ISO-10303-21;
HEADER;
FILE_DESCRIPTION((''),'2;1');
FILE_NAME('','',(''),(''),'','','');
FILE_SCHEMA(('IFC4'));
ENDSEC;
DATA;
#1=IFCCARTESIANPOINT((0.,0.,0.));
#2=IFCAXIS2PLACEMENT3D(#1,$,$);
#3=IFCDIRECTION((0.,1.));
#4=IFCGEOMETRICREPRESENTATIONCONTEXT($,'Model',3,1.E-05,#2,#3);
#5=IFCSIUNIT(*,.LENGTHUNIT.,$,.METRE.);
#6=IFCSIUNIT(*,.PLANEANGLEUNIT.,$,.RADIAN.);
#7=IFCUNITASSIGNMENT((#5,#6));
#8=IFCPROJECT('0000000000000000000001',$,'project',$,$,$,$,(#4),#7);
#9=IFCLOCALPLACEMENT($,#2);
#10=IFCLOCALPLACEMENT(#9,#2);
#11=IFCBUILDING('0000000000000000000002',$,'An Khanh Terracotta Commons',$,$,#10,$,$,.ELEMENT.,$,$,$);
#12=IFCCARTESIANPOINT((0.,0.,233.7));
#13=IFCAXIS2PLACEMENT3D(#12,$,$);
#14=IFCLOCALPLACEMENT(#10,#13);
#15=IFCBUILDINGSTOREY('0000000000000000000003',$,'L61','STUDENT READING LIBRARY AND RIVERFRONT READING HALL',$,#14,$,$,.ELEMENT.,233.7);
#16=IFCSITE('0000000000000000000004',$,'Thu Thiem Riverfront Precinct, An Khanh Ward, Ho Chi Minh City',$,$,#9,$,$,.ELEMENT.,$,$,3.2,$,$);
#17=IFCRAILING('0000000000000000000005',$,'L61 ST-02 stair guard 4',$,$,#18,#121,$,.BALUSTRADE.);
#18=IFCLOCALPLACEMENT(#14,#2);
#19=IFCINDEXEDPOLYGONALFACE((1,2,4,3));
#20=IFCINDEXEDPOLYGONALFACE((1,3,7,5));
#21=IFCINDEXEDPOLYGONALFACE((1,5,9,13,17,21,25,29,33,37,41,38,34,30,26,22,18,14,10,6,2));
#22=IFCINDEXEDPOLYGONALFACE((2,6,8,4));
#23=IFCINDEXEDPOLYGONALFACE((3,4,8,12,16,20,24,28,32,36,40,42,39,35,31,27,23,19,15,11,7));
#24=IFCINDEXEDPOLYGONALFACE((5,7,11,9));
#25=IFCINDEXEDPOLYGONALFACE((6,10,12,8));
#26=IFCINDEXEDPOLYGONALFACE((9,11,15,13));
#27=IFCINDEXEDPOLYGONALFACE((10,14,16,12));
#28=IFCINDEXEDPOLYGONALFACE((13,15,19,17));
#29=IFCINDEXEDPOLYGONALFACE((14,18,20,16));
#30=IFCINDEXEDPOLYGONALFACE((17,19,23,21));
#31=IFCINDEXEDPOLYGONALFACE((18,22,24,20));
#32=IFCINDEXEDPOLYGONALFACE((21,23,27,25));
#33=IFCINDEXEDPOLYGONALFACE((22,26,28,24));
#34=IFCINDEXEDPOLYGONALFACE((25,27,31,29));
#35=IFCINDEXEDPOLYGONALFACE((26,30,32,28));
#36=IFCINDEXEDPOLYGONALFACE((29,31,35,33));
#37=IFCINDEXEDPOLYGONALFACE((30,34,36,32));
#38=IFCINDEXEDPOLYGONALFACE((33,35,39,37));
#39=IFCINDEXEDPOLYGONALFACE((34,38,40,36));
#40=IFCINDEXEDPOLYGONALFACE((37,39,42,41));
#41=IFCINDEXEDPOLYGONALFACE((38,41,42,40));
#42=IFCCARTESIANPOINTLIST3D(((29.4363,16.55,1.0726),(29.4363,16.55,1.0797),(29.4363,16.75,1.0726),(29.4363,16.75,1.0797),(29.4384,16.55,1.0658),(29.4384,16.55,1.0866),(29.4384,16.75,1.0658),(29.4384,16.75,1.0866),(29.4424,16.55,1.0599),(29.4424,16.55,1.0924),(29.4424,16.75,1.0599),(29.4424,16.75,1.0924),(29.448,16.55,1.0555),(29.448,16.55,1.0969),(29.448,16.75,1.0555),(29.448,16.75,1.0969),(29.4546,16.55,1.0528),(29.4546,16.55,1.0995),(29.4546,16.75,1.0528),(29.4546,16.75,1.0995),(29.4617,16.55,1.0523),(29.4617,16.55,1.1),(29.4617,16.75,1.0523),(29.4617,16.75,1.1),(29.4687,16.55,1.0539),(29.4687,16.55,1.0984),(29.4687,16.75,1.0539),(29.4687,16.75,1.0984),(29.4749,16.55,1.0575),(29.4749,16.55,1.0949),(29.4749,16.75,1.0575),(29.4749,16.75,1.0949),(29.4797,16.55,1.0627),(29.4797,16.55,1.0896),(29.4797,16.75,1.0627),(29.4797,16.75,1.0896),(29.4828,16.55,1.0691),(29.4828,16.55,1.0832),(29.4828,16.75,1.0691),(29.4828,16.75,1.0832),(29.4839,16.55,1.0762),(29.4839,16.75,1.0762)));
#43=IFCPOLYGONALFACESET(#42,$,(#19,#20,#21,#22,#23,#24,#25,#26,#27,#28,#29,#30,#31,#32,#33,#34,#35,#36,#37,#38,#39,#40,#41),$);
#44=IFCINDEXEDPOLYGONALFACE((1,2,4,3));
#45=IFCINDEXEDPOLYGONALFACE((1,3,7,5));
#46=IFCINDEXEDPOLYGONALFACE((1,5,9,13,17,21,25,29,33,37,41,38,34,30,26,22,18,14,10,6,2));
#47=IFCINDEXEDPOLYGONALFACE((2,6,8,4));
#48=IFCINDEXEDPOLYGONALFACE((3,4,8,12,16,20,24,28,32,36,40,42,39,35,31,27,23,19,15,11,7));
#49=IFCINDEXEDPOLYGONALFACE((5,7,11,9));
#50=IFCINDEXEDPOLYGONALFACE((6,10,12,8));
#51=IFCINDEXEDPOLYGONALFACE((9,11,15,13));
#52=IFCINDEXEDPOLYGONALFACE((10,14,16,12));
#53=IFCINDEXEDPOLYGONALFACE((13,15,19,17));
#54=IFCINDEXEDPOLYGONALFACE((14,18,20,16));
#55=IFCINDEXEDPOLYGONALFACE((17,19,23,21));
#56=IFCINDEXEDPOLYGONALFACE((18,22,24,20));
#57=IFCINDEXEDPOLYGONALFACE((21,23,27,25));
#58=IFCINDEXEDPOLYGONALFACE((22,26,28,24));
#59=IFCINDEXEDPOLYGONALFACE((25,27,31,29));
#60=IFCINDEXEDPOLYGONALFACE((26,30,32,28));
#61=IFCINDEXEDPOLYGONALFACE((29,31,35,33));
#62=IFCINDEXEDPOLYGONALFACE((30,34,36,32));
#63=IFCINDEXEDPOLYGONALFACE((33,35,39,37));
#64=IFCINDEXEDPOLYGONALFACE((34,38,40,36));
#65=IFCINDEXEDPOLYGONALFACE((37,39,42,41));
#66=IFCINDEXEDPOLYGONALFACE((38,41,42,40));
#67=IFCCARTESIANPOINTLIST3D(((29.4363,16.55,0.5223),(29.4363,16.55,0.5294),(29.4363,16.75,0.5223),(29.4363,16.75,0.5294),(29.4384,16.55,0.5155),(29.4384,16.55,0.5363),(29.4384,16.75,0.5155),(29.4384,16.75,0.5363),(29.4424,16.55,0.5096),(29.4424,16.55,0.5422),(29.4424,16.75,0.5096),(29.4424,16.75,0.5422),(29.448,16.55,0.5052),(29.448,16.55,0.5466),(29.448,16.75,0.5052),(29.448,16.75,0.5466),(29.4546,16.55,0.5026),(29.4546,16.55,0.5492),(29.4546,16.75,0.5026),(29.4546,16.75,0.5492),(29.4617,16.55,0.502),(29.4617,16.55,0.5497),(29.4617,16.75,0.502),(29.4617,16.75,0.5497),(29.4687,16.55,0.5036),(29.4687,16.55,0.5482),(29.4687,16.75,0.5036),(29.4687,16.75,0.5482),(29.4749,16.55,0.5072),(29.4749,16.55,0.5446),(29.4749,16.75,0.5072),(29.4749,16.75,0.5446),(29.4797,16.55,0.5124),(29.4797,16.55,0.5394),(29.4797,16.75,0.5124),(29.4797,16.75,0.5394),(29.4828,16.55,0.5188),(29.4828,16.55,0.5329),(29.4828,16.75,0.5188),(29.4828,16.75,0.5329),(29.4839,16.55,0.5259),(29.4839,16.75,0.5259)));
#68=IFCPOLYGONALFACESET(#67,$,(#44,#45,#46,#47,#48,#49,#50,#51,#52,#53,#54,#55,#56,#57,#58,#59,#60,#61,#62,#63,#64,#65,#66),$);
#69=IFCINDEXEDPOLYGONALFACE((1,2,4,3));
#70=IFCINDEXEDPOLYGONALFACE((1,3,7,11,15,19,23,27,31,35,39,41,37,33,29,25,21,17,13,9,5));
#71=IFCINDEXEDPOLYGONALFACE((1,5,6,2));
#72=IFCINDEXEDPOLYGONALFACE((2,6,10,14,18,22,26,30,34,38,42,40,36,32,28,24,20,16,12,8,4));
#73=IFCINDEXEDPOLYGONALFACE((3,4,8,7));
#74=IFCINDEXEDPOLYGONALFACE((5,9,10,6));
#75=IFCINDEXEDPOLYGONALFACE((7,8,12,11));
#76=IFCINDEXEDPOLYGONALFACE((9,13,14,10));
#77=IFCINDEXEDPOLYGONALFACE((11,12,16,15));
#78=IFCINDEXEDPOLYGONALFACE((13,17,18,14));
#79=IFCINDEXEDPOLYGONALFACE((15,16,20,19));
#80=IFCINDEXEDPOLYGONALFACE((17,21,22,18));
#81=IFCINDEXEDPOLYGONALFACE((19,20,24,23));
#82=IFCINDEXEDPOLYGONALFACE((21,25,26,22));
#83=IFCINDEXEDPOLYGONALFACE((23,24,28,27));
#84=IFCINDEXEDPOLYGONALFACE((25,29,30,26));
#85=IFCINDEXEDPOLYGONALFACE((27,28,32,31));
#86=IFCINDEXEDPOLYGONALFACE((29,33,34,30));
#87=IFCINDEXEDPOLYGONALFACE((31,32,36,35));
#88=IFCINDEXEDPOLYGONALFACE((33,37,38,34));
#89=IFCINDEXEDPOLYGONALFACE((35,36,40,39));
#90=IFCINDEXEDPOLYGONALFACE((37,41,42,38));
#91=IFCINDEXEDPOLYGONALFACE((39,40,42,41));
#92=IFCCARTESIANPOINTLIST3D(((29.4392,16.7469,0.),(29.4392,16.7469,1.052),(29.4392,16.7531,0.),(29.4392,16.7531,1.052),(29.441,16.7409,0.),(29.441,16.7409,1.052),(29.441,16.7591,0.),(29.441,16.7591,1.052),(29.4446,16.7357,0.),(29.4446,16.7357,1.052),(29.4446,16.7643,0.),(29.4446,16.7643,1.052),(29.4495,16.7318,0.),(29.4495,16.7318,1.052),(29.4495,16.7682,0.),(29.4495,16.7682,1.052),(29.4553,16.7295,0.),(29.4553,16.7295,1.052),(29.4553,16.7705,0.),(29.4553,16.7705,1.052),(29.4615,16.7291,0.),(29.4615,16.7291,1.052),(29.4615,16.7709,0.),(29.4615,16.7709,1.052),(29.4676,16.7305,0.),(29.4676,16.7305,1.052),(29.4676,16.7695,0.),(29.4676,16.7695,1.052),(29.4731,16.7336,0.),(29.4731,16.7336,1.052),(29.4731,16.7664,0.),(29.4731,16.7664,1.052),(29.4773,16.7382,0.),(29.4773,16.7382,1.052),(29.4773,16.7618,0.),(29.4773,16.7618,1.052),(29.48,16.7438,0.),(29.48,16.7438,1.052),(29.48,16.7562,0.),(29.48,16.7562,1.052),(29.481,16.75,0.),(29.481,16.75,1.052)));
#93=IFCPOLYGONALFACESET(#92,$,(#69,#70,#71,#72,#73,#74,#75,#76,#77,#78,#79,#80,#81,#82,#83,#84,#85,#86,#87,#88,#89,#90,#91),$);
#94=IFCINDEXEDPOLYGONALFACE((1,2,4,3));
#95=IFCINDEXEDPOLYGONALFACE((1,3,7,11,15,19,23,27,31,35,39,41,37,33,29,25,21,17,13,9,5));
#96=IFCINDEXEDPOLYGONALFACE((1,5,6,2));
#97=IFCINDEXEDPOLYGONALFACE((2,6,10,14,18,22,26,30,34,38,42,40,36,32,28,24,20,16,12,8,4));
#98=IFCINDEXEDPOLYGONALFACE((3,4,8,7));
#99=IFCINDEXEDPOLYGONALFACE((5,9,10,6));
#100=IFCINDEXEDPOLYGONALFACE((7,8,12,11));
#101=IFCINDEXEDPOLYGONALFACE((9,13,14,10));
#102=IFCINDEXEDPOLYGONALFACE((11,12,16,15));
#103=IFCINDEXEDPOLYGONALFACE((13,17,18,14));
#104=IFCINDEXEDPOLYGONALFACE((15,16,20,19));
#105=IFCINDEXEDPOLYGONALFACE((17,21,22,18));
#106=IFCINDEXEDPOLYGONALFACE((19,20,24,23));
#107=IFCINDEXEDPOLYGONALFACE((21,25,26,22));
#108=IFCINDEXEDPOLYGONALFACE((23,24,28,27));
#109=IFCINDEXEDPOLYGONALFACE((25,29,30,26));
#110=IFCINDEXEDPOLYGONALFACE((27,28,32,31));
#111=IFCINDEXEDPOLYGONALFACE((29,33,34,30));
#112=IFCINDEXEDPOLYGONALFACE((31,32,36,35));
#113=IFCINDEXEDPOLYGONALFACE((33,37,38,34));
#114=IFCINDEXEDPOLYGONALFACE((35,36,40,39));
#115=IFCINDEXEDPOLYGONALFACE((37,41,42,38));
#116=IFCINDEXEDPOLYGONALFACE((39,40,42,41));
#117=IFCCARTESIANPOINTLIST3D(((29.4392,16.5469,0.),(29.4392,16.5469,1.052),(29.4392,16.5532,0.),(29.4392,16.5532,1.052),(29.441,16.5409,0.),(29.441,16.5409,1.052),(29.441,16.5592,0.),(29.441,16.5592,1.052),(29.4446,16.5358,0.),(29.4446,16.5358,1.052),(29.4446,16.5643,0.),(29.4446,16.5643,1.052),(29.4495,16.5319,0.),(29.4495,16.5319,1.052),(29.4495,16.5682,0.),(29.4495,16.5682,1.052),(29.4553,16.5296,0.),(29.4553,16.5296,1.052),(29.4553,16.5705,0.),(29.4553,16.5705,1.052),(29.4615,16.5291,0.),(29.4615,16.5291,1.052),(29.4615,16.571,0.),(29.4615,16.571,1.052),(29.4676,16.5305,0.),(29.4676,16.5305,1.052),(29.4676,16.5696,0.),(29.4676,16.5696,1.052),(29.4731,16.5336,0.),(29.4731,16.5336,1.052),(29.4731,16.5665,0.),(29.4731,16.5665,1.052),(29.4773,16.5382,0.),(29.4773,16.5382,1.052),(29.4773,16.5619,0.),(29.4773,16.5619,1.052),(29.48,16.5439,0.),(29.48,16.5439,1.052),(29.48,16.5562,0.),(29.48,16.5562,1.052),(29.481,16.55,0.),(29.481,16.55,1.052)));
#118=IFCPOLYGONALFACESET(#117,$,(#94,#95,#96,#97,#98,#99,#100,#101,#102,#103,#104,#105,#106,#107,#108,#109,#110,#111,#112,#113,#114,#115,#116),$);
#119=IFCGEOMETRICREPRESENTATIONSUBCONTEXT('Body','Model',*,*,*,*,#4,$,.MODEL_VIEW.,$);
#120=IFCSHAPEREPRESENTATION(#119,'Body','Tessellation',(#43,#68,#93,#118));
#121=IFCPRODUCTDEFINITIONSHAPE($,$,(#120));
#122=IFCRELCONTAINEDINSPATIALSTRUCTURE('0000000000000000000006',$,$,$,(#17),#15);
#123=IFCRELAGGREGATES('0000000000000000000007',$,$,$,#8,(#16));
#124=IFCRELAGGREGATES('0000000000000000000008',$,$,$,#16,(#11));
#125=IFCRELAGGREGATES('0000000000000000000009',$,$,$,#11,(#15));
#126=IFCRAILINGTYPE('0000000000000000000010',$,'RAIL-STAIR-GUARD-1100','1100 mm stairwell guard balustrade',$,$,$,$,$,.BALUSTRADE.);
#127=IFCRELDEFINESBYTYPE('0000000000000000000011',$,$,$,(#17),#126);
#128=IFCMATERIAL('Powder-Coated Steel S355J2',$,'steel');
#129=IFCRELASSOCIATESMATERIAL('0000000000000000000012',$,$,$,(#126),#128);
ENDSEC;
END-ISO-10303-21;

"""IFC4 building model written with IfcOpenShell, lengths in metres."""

from ifc_helpers import new_model, si_unit, direction, frame, origin, origin_2d, place, context, subcontext, project, spatial, circle, extrude, material, type_object, element, save


model = new_model("IFC4")

# Units and contexts
model_context = context("Model", 3, precision=1e-05, world=origin(), true_north=direction((0.0, 1.0)))
body_context = subcontext(model_context, "Body", "Model", "MODEL_VIEW")
ifc_project = project(units=[si_unit("LENGTHUNIT", "METRE"), si_unit("PLANEANGLEUNIT", "RADIAN")], contexts=[model_context])

# Site, building, storey
site_placement = place(None, origin())
site = spatial("IfcSite", under=ifc_project, at=site_placement, Name="Thu Thiem Riverfront Precinct, An Khanh Ward, Ho Chi Minh City", CompositionType="ELEMENT", RefElevation=3.2)
building_placement = place(site_placement, origin())
building = spatial("IfcBuilding", under=site, at=building_placement, Name="An Khanh Terracotta Commons", CompositionType="ELEMENT")
storey_placement = place(building_placement, frame((0.0, 0.0, 233.7)))
storey = spatial("IfcBuildingStorey", under=building, at=storey_placement, Name="L61", Description="STUDENT READING LIBRARY AND RIVERFRONT READING HALL", CompositionType="ELEMENT", Elevation=233.7)

# Railing
ifc_material_1 = material(Name="Powder-Coated Steel S355J2", Category="steel")
railing_type_1 = type_object("IfcRailingType", Name="RAIL-STAIR-GUARD-1100", Description="1100 mm stairwell guard balustrade", PredefinedType="BALUSTRADE", material=ifc_material_1)
railing_1_placement = place(storey_placement, frame((29.46, 16.75, 0.0)))
element("IfcRailing", 1, at=railing_1_placement, inside=storey, type_object=railing_type_1, Name="L61 ST-02 stair guard 4", PredefinedType="BALUSTRADE", context=body_context, shape_type="SweptSolid", body=[
    extrude(circle(Radius=0.0239, at=origin_2d()), frame((0.0, 0.0, 1.0762), z_axis=(0.0, -1.0, 0.0), x_axis=(1.0, 0.0, 0.0)), (0.0, 0.0, 1.0), 0.2),
    extrude(circle(Radius=0.0239, at=origin_2d()), frame((0.0, 0.0, 0.5259), z_axis=(0.0, -1.0, 0.0), x_axis=(1.0, 0.0, 0.0)), (0.0, 0.0, 1.0), 0.2),
    extrude(circle(Radius=0.021, at=origin_2d()), origin(), (0.0, 0.0, 1.0), 1.052),
    extrude(circle(Radius=0.021, at=origin_2d()), frame((0.0, -0.2, 0.0)), (0.0, 0.0, 1.0), 1.052),
])

save(model, "model.ifc")
